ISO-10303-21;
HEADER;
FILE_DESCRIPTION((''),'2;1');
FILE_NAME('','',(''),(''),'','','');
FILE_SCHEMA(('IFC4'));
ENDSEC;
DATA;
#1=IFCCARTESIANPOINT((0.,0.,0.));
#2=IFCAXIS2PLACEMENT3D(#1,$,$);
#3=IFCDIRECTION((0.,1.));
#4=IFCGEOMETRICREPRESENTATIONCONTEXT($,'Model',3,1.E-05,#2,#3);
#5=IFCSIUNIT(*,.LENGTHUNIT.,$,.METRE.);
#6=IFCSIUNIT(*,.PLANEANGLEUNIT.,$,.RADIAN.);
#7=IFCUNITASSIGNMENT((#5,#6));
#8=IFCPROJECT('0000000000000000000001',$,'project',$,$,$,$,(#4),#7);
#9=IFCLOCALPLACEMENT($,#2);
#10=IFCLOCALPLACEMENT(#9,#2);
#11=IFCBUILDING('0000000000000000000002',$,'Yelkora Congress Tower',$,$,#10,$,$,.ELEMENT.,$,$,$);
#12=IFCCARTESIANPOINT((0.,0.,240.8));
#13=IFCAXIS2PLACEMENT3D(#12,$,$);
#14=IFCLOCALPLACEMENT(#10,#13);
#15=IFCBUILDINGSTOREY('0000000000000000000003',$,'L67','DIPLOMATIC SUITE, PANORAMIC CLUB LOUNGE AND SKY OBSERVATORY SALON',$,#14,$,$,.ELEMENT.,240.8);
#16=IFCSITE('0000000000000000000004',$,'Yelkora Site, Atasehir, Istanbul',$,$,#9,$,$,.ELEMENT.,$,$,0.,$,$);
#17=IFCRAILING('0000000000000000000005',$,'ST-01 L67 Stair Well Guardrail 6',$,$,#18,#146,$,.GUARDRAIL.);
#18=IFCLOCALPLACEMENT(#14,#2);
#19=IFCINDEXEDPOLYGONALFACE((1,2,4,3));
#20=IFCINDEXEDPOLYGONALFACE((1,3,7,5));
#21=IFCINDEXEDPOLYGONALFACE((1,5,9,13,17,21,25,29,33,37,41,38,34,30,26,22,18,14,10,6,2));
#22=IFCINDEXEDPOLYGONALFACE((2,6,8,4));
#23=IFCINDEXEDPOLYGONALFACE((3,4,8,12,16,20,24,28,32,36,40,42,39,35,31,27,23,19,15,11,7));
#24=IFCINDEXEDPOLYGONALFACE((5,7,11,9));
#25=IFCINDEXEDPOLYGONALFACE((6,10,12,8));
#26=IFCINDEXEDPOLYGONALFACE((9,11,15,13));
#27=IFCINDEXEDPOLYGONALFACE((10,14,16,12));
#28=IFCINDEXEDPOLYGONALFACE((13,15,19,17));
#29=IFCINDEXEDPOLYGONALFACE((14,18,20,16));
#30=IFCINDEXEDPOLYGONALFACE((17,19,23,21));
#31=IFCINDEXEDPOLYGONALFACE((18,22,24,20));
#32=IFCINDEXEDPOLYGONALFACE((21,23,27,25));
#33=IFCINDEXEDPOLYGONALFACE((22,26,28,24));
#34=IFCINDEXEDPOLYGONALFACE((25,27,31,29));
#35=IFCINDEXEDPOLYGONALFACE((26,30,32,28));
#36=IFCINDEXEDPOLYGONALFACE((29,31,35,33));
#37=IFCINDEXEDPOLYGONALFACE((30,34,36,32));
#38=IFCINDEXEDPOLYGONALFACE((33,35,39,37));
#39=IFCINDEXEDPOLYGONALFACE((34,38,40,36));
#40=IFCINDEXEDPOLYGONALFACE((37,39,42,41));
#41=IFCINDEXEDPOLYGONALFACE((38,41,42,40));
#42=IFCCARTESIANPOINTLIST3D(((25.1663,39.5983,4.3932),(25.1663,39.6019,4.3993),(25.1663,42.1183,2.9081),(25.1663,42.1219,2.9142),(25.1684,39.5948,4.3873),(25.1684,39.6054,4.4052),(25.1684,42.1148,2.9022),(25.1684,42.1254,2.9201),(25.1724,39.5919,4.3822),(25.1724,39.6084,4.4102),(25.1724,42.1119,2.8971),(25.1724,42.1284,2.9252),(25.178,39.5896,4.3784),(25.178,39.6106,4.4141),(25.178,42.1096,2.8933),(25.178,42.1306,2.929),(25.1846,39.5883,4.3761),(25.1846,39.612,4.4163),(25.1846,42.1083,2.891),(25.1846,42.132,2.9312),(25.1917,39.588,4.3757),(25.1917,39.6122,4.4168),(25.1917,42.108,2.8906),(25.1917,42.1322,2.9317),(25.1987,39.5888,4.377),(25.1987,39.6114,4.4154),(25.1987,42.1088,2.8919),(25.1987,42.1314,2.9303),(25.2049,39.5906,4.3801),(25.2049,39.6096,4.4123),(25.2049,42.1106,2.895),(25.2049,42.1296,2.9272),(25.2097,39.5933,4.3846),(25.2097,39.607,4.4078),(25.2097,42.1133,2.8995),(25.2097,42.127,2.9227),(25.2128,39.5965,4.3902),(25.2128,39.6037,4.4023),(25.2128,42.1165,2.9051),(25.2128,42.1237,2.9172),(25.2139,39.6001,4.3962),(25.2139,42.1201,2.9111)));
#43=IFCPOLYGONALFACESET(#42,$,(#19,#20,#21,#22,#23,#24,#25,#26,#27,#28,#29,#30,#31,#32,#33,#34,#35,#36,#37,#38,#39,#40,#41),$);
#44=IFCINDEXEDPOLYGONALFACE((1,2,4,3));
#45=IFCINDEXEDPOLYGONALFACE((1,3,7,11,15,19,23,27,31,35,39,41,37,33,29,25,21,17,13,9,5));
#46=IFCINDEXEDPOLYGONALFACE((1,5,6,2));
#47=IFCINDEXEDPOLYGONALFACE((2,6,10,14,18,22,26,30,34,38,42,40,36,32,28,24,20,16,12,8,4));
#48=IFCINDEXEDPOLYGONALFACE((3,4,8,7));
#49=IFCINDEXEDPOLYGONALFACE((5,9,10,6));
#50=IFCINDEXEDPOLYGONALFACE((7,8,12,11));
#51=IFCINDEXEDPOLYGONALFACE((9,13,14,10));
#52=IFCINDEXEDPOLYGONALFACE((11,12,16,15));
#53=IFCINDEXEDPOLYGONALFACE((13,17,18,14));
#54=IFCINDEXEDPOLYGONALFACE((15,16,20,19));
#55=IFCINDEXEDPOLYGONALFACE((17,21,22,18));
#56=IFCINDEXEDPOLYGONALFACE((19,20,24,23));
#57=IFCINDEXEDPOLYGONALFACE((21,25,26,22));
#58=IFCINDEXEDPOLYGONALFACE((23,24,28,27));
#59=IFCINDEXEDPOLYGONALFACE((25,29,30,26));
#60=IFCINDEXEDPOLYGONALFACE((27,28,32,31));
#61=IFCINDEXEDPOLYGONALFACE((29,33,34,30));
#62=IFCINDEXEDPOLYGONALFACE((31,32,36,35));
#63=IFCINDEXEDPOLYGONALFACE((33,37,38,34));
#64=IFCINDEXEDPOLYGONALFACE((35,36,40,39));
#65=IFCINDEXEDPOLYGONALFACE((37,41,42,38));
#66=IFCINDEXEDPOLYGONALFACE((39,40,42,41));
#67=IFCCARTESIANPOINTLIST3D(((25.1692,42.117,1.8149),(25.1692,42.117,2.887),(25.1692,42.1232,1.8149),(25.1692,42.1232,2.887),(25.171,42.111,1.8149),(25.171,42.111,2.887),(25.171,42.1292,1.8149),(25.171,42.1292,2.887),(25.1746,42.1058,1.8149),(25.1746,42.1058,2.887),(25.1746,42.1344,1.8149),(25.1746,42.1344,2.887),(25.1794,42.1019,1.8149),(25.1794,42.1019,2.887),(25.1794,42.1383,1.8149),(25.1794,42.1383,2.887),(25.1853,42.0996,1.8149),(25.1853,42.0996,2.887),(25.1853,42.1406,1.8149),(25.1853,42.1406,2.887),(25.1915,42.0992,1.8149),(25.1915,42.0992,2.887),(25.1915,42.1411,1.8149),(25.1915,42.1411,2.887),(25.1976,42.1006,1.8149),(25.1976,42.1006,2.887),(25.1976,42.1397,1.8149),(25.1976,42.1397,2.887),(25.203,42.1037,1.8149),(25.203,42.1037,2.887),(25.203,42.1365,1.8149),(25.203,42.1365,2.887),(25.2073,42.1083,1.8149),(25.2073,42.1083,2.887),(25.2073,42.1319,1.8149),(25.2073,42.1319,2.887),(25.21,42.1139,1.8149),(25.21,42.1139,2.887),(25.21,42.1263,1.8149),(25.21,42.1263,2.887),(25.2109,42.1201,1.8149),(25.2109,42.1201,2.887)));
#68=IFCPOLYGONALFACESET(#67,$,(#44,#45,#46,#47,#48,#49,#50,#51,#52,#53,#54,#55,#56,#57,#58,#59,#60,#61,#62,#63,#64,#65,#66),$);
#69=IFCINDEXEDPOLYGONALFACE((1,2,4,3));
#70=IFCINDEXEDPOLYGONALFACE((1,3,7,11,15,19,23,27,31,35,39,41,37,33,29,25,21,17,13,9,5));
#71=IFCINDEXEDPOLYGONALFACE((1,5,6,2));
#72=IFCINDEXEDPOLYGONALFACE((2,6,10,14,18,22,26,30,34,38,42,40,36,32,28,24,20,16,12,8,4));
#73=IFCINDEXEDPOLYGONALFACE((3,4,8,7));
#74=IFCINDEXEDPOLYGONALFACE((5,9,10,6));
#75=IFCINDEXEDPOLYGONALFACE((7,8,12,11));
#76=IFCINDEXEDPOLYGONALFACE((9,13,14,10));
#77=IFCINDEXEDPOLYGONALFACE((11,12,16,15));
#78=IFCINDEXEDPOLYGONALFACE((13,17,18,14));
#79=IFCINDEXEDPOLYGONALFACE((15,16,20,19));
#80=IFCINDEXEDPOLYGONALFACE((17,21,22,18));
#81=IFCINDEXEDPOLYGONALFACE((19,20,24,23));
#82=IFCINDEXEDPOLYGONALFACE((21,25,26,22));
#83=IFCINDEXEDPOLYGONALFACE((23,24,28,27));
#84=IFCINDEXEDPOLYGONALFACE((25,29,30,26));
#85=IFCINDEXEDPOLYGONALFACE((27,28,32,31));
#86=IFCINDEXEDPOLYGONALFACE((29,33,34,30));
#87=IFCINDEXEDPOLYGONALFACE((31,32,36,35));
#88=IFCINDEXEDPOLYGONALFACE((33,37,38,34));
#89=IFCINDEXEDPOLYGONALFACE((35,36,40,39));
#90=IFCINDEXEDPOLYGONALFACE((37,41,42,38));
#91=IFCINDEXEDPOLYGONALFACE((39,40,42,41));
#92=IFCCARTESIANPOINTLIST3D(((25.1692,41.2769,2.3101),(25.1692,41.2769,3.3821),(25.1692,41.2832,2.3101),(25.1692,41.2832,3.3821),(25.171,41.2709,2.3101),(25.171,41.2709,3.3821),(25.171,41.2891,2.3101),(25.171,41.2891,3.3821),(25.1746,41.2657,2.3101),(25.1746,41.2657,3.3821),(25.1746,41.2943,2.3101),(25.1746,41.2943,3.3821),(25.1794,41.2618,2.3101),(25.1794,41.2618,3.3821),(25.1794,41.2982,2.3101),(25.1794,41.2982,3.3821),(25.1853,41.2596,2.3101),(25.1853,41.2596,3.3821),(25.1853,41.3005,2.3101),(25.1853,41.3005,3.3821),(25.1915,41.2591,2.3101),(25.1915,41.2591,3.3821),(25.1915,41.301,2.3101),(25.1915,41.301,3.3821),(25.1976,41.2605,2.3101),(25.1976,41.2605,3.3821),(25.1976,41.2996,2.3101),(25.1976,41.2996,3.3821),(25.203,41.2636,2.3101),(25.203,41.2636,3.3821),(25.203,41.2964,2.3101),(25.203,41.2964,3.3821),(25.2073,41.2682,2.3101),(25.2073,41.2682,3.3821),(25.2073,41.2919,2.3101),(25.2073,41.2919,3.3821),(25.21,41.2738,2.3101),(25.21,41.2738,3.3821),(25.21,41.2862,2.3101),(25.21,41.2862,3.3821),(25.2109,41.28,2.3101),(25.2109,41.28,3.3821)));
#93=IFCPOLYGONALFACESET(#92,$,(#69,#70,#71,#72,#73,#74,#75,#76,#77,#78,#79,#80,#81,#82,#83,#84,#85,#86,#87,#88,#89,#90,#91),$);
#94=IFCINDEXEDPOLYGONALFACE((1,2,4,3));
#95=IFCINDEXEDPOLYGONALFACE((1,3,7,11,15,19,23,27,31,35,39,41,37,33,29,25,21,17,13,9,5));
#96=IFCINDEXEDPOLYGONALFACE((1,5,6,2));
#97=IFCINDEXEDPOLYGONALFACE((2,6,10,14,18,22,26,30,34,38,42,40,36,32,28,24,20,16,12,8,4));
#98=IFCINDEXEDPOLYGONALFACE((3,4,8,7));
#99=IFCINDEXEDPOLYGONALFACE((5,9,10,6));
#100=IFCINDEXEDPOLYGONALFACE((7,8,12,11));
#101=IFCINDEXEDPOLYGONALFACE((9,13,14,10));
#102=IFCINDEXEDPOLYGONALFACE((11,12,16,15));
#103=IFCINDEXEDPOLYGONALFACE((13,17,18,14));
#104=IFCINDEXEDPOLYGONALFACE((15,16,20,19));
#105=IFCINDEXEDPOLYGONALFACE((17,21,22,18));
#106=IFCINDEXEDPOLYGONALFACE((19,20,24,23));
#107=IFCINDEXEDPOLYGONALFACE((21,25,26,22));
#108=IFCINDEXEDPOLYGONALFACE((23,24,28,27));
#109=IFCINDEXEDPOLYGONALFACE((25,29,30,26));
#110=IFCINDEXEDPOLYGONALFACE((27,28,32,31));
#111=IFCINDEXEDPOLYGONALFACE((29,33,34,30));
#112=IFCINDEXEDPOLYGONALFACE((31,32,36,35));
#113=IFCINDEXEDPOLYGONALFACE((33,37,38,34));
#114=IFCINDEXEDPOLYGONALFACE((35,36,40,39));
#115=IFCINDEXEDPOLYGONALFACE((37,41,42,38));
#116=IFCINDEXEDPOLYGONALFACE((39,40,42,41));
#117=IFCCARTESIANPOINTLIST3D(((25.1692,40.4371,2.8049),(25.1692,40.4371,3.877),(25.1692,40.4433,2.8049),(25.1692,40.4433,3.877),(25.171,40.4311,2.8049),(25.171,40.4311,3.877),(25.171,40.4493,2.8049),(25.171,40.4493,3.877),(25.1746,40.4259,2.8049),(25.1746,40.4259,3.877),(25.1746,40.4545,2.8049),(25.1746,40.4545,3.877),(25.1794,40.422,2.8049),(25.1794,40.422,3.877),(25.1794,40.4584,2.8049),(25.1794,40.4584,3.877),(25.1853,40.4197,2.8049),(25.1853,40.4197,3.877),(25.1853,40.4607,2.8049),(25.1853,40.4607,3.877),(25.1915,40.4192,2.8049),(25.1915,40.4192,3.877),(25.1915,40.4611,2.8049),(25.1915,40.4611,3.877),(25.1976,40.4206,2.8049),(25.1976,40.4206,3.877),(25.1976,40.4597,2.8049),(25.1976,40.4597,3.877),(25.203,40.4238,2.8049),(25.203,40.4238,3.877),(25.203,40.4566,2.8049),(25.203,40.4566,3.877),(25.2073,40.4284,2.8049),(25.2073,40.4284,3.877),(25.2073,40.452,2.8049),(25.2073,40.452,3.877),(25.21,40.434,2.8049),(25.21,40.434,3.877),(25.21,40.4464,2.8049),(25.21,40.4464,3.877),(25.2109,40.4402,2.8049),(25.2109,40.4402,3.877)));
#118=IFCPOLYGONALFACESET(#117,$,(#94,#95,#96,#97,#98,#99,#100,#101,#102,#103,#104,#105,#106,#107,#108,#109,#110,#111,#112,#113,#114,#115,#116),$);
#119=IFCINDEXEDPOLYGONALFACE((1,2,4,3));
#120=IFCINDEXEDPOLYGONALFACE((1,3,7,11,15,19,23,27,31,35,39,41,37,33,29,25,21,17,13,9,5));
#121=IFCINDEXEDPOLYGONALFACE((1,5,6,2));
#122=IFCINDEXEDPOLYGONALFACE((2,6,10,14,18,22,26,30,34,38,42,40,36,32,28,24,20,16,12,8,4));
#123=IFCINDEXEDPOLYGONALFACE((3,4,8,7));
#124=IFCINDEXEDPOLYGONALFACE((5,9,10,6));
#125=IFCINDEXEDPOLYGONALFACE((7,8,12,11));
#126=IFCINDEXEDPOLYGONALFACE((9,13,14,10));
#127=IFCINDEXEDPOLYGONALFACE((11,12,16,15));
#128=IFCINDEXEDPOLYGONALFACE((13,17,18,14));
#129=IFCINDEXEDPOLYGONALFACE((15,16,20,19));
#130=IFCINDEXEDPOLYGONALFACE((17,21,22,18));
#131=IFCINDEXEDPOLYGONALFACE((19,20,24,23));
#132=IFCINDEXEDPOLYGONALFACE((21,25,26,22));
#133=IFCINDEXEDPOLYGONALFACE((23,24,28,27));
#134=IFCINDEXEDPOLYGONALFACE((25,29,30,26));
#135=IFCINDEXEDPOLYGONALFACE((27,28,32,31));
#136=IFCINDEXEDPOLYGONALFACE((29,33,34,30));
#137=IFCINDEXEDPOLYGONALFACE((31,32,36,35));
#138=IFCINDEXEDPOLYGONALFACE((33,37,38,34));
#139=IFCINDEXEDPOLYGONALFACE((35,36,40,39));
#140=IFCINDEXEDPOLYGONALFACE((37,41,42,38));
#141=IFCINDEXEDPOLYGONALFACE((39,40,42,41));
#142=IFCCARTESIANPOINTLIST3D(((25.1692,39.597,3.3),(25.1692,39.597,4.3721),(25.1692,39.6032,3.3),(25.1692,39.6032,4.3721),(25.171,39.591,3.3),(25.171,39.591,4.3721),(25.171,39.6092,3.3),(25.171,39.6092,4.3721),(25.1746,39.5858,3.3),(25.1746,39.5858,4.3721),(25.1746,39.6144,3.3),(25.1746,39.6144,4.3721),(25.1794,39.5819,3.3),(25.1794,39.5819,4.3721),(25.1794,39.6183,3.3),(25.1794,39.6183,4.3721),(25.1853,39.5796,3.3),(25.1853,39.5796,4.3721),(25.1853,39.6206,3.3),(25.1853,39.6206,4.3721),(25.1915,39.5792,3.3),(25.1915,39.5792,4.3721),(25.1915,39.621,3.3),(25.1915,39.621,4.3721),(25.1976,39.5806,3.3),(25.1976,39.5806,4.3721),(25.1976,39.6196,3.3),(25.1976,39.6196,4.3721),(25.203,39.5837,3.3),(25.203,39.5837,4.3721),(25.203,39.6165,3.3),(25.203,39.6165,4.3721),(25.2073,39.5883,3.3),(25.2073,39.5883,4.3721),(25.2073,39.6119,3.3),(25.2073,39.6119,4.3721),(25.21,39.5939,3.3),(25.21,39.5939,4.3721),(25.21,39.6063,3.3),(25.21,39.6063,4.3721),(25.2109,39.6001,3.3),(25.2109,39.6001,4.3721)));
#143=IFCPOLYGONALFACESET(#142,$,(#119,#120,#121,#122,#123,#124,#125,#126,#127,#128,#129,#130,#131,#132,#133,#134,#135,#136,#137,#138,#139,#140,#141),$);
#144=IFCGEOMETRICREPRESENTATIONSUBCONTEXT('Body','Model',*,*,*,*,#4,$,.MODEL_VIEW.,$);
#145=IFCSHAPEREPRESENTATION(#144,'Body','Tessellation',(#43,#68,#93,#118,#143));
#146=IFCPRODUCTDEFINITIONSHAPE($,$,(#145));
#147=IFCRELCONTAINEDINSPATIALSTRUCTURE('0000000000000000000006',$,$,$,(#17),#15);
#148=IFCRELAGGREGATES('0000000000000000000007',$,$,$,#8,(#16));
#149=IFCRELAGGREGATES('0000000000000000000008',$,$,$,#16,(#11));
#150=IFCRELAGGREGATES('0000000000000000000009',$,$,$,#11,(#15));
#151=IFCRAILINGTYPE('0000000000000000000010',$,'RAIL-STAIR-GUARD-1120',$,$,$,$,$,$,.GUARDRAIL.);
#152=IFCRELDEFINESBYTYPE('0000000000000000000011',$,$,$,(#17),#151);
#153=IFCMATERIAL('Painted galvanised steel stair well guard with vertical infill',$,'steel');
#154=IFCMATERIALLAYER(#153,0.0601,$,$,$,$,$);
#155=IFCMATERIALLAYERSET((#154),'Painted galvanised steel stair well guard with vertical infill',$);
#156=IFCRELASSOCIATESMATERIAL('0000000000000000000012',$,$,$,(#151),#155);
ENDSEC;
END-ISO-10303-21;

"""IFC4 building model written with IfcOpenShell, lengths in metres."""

from ifc_helpers import new_model, si_unit, direction, frame, origin, origin_2d, place, context, subcontext, project, spatial, circle, extrude, material, layer, layer_set, type_object, element, save


model = new_model("IFC4")

# Units and contexts
model_context = context("Model", 3, precision=1e-05, world=origin(), true_north=direction((0.0, 1.0)))
body_context = subcontext(model_context, "Body", "Model", "MODEL_VIEW")
ifc_project = project(units=[si_unit("LENGTHUNIT", "METRE"), si_unit("PLANEANGLEUNIT", "RADIAN")], contexts=[model_context])

# Site, building, storey
site_placement = place(None, origin())
site = spatial("IfcSite", under=ifc_project, at=site_placement, Name="Yelkora Site, Atasehir, Istanbul", CompositionType="ELEMENT", RefElevation=0.0)
building_placement = place(site_placement, origin())
building = spatial("IfcBuilding", under=site, at=building_placement, Name="Yelkora Congress Tower", CompositionType="ELEMENT")
storey_placement = place(building_placement, frame((0.0, 0.0, 240.8)))
storey = spatial("IfcBuildingStorey", under=building, at=storey_placement, Name="L67", Description="DIPLOMATIC SUITE, PANORAMIC CLUB LOUNGE AND SKY OBSERVATORY SALON", CompositionType="ELEMENT", Elevation=240.8)

# Railing
ifc_material_1 = material(Name="Painted galvanised steel stair well guard with vertical infill", Category="steel")
ifc_layer_1 = layer(ifc_material_1, 0.0601)
ifc_layer_set_1 = layer_set([ifc_layer_1], Name="Painted galvanised steel stair well guard with vertical infill")
railing_type = type_object("IfcRailingType", Name="RAIL-STAIR-GUARD-1120", PredefinedType="GUARDRAIL", material=ifc_layer_set_1)
railing_1_placement = place(storey_placement, frame((25.1899, 42.1201, 1.8149)))
element("IfcRailing", 1, at=railing_1_placement, inside=storey, type_object=railing_type, Name="ST-01 L67 Stair Well Guardrail 6", PredefinedType="GUARDRAIL", context=body_context, shape_type="SweptSolid", body=[
    extrude(circle(Radius=0.0239, at=origin_2d()), frame((0.0, 0.0, 1.0962), z_axis=(0.0, -0.861524, 0.507717), x_axis=(1.0, 0.0, 0.0)), (0.0, 0.0, 1.0), 2.925),
    extrude(circle(Radius=0.021, at=origin_2d()), origin(), (0.0, 0.0, 1.0), 1.072),
    extrude(circle(Radius=0.021, at=origin_2d()), frame((0.0, -0.8401, 0.4951)), (0.0, 0.0, 1.0), 1.072),
    extrude(circle(Radius=0.021, at=origin_2d()), frame((0.0, -1.6799, 0.99)), (0.0, 0.0, 1.0), 1.072),
    extrude(circle(Radius=0.021, at=origin_2d()), frame((0.0, -2.52, 1.4851)), (0.0, 0.0, 1.0), 1.072),
])

save(model, "model.ifc")
